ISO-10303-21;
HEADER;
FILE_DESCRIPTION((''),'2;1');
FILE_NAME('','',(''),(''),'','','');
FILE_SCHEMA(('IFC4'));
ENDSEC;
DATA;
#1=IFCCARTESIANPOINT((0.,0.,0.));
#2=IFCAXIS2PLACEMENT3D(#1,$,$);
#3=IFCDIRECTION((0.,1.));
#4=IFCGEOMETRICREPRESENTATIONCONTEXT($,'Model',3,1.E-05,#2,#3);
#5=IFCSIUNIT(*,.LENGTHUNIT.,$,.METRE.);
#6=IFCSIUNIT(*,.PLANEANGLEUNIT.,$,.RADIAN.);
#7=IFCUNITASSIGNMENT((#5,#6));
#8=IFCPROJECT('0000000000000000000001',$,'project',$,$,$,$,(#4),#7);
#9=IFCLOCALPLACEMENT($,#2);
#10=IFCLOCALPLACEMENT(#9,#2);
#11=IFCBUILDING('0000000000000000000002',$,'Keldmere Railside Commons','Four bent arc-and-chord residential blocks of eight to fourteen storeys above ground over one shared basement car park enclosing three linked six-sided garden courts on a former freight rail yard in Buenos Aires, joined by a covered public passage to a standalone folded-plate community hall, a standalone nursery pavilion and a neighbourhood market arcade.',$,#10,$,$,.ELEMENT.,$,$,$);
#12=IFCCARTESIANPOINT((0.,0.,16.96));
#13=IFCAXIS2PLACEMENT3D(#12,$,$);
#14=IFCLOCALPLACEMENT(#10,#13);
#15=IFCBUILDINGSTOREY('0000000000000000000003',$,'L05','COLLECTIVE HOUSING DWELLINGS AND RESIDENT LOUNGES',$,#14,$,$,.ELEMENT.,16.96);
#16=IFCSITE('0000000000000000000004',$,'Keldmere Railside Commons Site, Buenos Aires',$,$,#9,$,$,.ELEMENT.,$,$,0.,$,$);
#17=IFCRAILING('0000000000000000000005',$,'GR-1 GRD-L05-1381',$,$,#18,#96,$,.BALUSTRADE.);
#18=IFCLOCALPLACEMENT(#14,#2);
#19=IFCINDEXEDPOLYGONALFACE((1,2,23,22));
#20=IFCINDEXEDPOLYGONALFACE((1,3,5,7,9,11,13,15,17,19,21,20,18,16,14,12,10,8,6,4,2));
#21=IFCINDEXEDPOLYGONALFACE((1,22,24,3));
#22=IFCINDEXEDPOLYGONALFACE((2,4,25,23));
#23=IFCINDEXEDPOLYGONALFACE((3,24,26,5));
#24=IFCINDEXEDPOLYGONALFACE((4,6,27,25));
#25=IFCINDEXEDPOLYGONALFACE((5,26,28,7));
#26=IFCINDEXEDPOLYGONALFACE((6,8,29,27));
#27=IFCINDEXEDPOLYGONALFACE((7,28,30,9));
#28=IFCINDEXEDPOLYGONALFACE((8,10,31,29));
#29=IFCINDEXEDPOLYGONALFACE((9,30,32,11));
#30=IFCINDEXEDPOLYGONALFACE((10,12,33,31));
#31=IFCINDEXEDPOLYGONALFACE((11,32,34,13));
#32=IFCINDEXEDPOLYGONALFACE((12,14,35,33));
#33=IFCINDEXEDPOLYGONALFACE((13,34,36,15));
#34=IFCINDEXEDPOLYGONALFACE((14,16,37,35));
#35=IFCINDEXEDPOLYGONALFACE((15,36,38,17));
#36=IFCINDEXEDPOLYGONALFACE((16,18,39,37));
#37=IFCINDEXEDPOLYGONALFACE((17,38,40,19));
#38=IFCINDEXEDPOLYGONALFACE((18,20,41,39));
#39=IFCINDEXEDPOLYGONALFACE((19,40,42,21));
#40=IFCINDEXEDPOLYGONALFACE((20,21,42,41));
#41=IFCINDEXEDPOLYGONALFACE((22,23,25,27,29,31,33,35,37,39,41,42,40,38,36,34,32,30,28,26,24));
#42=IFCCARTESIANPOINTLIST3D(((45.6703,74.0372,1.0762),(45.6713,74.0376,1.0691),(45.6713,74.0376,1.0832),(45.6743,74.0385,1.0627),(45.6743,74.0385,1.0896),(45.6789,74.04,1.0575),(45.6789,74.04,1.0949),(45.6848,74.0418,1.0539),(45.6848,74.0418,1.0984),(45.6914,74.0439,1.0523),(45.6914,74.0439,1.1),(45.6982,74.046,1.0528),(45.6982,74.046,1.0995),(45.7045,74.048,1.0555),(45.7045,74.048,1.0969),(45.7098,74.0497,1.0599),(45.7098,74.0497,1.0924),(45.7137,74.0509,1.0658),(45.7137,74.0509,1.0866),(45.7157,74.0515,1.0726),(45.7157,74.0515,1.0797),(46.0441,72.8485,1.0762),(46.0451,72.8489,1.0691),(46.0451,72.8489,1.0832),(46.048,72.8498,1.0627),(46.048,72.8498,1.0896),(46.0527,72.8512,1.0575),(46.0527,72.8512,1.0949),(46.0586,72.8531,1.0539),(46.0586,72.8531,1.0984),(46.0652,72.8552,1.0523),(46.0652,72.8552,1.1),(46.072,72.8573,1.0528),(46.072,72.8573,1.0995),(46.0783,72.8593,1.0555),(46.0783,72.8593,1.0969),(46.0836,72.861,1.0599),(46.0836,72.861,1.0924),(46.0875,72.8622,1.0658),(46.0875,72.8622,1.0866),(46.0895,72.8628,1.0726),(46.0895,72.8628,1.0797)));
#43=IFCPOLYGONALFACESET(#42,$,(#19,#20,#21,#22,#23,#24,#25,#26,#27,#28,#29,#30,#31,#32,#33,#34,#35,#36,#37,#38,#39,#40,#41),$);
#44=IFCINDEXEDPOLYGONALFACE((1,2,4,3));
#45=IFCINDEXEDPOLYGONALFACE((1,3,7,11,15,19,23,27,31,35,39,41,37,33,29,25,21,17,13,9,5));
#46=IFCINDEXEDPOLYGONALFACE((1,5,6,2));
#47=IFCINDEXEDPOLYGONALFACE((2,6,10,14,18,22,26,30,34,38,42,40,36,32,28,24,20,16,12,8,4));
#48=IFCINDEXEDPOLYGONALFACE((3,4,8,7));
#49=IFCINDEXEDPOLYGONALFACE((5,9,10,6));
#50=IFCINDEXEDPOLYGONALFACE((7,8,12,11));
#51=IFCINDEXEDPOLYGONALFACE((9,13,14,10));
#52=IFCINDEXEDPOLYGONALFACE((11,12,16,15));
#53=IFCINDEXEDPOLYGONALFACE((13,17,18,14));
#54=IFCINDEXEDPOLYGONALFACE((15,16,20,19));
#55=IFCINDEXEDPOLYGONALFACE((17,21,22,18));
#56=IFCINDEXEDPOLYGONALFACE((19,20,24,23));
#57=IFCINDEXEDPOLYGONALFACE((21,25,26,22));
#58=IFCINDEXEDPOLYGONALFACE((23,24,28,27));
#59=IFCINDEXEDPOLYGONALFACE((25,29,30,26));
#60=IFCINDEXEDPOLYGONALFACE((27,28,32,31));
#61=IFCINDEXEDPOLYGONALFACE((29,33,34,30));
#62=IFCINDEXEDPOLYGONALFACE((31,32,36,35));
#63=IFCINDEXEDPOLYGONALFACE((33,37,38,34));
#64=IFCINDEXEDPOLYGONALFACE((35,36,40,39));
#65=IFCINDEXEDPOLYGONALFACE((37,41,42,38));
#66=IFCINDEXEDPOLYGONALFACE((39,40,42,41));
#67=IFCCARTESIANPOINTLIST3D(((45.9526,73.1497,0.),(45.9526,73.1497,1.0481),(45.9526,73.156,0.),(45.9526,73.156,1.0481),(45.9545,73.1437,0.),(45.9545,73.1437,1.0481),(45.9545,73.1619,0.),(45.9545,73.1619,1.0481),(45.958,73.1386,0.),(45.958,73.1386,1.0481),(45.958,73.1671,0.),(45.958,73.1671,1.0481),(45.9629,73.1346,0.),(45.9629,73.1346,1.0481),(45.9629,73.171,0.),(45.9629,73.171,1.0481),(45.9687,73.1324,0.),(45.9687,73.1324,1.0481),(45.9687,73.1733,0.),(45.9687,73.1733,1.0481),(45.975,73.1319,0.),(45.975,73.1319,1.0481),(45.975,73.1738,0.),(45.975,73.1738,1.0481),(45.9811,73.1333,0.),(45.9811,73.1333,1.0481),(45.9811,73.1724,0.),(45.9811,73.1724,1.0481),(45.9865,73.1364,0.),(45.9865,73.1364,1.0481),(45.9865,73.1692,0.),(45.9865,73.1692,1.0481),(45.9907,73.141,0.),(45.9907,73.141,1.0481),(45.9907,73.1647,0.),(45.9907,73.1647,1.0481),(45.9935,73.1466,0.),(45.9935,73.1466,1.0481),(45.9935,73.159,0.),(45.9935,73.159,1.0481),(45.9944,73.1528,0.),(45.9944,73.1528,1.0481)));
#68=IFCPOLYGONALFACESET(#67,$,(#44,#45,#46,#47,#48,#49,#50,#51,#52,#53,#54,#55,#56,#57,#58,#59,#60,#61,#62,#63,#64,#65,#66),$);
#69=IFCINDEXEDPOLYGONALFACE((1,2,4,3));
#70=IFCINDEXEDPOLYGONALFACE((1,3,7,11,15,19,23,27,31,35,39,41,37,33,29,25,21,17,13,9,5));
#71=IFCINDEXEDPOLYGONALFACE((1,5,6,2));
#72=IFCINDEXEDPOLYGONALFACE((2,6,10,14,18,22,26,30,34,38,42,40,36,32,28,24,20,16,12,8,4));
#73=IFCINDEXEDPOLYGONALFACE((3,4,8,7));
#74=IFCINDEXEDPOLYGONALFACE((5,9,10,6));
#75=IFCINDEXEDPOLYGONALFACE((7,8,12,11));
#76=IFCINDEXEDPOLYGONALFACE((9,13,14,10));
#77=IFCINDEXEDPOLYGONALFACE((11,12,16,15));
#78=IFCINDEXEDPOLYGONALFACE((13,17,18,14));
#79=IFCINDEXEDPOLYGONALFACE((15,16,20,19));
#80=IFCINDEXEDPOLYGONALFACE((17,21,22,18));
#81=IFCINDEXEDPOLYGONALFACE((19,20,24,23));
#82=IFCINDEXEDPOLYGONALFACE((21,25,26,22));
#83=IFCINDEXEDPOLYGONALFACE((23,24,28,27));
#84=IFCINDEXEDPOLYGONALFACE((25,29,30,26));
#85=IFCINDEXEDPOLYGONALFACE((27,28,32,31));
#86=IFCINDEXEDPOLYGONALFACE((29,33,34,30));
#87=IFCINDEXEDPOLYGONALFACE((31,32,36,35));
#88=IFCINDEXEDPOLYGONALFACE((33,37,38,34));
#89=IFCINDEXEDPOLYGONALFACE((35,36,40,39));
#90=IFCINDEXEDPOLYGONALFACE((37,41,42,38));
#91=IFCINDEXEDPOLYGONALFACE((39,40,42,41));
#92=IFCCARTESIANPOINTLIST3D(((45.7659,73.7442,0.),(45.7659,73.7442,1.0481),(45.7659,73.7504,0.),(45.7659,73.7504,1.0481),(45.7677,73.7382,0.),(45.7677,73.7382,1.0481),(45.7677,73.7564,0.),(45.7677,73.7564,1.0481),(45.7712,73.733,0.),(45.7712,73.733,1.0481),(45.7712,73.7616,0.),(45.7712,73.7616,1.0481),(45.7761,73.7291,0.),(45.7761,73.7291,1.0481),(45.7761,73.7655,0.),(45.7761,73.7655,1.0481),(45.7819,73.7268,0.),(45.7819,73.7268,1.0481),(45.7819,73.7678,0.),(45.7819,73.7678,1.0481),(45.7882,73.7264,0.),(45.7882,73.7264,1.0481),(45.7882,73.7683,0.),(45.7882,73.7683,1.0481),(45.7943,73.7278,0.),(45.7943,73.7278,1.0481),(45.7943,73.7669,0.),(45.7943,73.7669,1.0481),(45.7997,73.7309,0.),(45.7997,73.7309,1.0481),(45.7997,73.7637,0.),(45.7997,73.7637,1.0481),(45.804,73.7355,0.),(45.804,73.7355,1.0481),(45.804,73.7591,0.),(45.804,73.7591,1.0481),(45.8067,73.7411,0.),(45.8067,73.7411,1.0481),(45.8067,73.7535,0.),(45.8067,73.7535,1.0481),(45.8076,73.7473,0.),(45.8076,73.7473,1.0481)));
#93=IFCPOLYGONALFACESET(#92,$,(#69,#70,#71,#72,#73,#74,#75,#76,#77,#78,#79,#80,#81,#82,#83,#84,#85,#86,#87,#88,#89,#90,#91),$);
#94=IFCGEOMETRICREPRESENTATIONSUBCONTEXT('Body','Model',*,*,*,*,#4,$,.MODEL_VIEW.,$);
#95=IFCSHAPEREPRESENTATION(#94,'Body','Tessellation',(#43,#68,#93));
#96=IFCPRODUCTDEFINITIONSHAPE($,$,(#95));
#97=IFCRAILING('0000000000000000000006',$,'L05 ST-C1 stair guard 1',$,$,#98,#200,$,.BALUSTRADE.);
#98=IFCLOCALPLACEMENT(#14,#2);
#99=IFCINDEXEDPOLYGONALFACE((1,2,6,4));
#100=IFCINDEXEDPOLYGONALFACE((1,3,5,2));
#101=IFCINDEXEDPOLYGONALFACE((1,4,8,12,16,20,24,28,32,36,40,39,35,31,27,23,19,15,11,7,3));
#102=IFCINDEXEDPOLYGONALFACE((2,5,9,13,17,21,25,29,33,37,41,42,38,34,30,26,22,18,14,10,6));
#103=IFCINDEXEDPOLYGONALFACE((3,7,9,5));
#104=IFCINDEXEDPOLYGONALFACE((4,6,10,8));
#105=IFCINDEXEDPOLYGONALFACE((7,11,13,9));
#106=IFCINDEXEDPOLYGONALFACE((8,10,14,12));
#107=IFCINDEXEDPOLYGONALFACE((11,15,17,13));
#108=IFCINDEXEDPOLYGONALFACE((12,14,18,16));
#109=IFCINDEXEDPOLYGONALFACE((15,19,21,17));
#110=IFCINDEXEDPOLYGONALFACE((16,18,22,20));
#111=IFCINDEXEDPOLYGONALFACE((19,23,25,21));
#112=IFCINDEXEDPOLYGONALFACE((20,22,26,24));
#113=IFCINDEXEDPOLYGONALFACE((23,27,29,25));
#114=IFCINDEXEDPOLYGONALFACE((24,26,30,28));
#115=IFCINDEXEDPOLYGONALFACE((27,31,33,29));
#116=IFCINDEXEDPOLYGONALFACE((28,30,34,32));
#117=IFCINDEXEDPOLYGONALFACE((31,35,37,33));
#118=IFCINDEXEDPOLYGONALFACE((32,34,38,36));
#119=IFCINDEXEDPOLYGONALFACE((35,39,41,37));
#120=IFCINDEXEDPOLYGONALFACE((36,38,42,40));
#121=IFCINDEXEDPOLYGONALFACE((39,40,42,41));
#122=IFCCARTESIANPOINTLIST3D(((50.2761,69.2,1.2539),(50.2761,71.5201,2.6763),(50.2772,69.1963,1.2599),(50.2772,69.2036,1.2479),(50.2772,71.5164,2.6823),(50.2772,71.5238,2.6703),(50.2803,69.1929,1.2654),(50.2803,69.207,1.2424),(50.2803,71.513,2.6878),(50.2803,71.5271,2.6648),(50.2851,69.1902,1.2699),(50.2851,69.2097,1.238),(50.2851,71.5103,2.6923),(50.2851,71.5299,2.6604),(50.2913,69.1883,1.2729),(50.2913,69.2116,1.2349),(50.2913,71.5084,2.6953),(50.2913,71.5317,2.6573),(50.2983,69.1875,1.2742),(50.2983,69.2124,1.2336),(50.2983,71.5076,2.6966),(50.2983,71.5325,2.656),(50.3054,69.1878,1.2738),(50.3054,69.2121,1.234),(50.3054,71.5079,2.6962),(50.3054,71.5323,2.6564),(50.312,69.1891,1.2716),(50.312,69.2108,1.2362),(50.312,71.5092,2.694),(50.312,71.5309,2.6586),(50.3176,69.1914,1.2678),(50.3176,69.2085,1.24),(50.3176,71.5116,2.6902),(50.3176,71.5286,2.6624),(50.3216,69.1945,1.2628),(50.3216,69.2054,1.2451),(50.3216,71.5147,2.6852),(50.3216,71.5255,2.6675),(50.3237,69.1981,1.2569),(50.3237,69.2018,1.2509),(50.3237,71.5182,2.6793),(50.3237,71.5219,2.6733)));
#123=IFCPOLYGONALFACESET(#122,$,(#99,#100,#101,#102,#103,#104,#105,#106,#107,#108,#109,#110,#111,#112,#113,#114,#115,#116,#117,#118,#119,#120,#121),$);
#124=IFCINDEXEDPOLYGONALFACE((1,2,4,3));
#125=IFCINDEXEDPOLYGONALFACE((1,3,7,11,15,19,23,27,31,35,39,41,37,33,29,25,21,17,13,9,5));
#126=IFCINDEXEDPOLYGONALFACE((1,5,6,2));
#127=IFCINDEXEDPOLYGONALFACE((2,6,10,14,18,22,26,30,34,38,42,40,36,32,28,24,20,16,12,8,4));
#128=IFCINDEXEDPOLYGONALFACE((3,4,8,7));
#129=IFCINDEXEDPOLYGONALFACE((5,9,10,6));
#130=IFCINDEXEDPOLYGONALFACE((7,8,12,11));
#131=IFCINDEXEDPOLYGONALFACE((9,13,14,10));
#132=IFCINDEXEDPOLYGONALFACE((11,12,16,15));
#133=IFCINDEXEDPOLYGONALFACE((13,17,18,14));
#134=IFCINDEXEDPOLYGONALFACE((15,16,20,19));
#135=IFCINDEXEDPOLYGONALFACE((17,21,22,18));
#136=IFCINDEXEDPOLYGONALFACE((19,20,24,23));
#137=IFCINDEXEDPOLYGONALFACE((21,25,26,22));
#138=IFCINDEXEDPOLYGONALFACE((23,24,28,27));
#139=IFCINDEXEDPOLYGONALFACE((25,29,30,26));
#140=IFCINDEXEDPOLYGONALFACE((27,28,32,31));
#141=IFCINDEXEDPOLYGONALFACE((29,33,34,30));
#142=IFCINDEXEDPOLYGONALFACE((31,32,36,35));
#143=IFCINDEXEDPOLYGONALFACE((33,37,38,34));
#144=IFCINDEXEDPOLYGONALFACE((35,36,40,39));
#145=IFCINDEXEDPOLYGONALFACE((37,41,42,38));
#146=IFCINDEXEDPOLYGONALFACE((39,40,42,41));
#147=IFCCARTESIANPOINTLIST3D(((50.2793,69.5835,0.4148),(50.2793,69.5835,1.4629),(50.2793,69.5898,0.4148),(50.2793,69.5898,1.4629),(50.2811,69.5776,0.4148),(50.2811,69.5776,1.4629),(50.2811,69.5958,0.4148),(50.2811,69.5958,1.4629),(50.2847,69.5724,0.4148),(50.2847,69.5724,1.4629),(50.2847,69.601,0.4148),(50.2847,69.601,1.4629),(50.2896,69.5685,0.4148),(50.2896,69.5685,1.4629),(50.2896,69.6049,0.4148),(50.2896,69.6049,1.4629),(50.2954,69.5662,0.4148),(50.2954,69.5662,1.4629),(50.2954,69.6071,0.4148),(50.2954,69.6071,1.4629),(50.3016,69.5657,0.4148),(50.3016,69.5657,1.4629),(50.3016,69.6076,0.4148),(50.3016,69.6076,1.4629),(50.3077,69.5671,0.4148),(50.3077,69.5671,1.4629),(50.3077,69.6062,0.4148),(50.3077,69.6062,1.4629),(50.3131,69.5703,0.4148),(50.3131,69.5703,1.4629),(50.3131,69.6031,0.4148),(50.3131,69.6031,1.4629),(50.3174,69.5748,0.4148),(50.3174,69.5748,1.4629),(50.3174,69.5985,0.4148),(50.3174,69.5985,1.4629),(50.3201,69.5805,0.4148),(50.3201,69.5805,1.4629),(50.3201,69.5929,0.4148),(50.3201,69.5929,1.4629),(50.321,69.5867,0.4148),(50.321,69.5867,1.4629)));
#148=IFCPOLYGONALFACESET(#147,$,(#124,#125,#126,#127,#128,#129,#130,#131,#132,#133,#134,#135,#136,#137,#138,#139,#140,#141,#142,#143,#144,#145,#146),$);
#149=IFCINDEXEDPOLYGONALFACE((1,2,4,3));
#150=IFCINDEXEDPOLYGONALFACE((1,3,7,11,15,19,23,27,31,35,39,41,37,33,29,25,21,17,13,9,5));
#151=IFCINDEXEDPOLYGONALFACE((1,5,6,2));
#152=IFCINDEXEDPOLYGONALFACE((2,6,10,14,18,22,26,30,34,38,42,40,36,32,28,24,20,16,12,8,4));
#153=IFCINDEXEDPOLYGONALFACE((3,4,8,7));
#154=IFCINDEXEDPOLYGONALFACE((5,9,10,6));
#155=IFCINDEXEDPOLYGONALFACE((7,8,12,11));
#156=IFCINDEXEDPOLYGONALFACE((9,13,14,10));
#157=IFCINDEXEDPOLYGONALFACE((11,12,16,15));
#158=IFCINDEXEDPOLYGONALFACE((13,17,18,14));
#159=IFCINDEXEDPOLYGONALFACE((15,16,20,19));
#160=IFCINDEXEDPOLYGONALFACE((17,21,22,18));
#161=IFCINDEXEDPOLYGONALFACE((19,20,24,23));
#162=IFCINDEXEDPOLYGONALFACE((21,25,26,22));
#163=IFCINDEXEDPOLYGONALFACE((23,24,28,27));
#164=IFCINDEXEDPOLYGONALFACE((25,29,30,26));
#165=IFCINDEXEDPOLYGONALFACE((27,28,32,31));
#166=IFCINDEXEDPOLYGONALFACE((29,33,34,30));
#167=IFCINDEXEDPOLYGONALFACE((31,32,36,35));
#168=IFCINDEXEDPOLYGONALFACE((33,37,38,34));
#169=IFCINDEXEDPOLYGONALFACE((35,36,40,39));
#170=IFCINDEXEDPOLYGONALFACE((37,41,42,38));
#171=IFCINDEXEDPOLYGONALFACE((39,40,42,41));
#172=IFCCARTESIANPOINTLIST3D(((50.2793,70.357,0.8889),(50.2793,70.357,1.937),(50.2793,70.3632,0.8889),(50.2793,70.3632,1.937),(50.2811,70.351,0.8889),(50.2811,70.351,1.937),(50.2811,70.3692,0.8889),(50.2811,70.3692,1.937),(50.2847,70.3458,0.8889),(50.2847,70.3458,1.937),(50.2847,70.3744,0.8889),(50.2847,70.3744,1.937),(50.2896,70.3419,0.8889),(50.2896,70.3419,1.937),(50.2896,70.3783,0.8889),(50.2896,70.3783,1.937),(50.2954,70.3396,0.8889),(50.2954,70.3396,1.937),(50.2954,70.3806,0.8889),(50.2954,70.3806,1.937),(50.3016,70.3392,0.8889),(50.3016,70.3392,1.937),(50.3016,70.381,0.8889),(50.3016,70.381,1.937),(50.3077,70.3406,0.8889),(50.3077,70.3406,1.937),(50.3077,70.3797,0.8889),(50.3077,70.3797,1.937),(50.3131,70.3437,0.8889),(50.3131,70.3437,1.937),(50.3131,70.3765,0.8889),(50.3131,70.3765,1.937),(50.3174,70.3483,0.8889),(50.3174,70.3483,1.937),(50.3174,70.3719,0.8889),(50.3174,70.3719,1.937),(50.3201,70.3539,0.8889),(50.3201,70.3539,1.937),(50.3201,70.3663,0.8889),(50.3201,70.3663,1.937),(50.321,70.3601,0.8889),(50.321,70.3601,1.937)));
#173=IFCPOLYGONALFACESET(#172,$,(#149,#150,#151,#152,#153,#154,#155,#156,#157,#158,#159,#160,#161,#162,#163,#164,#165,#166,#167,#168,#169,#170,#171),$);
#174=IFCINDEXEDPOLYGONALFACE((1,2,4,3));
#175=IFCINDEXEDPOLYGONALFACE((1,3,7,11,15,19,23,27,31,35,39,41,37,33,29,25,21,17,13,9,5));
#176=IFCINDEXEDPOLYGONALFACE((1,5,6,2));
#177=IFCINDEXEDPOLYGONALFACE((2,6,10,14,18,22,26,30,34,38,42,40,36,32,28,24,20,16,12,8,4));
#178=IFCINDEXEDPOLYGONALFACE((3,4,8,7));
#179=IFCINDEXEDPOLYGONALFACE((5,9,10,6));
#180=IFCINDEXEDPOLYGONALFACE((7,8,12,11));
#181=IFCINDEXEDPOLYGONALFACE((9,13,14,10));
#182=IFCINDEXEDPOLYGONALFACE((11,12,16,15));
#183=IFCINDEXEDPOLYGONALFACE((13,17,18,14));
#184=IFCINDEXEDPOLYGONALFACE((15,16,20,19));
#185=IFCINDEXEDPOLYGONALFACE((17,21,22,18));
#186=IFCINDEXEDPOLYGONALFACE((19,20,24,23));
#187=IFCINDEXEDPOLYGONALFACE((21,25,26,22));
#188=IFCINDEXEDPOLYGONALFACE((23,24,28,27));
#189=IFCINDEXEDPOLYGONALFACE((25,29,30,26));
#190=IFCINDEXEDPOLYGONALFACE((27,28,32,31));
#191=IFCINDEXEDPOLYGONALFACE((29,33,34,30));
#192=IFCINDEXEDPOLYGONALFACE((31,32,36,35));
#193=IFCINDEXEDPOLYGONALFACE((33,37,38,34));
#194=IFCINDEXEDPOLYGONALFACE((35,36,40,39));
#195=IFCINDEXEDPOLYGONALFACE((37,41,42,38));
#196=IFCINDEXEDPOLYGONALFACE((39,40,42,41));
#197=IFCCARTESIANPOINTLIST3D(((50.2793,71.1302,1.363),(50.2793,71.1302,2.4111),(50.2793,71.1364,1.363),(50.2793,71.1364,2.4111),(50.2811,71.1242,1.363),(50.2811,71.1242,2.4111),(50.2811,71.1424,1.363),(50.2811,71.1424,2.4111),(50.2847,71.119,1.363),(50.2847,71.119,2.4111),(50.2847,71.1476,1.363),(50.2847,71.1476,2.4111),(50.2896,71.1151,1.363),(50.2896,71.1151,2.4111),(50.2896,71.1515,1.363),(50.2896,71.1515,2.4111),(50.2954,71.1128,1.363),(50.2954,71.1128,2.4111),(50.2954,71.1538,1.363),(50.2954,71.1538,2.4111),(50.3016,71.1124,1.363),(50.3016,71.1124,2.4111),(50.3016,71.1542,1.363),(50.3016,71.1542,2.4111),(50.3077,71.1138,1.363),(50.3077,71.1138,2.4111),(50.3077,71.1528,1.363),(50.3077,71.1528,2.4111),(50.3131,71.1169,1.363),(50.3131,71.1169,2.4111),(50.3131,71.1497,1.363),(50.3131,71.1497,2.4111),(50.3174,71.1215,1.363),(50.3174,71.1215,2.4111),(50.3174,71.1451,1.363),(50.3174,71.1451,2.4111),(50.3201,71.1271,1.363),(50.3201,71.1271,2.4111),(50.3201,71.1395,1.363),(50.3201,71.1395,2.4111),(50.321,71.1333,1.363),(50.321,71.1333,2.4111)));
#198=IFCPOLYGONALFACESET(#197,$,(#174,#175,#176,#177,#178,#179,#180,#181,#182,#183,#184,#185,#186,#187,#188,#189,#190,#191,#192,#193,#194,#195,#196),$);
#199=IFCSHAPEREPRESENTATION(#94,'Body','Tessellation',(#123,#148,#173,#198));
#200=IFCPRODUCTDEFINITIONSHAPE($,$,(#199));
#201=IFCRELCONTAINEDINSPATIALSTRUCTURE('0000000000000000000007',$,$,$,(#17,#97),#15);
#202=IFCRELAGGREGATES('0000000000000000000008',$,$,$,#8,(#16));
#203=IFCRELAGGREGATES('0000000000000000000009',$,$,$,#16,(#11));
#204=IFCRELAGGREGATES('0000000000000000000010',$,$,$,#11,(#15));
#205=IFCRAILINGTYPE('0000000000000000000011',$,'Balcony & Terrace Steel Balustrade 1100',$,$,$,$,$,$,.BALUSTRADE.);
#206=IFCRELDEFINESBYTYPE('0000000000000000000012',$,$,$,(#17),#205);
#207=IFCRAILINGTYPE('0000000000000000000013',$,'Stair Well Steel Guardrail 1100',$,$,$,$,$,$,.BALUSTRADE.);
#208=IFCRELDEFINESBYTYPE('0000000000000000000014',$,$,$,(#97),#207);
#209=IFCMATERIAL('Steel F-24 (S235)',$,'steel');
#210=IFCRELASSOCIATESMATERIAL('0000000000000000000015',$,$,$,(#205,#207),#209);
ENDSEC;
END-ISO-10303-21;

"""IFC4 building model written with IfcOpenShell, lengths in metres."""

from ifc_helpers import new_model, si_unit, direction, frame, origin, origin_2d, place, context, subcontext, project, spatial, circle, extrude, material, type_object, element, save


model = new_model("IFC4")

# Units and contexts
model_context = context("Model", 3, precision=1e-05, world=origin(), true_north=direction((0.0, 1.0)))
body_context = subcontext(model_context, "Body", "Model", "MODEL_VIEW")
ifc_project = project(units=[si_unit("LENGTHUNIT", "METRE"), si_unit("PLANEANGLEUNIT", "RADIAN")], contexts=[model_context])

# Site, building, storey
site_placement = place(None, origin())
site = spatial("IfcSite", under=ifc_project, at=site_placement, Name="Keldmere Railside Commons Site, Buenos Aires", CompositionType="ELEMENT", RefElevation=0.0)
building_placement = place(site_placement, origin())
building = spatial("IfcBuilding", under=site, at=building_placement, Name="Keldmere Railside Commons", Description="Four bent arc-and-chord residential blocks of eight to fourteen storeys above ground over one shared basement car park enclosing three linked six-sided garden courts on a former freight rail yard in Buenos Aires, joined by a covered public passage to a standalone folded-plate community hall, a standalone nursery pavilion and a neighbourhood market arcade.", CompositionType="ELEMENT")
storey_placement = place(building_placement, frame((0.0, 0.0, 16.96)))
storey = spatial("IfcBuildingStorey", under=building, at=storey_placement, Name="L05", Description="COLLECTIVE HOUSING DWELLINGS AND RESIDENT LOUNGES", CompositionType="ELEMENT", Elevation=16.96)

# Railings
ifc_material_1 = material(Name="Steel F-24 (S235)", Category="steel")
railing_type_1 = type_object("IfcRailingType", Name="Balcony & Terrace Steel Balustrade 1100", PredefinedType="BALUSTRADE", material=ifc_material_1)
railing_1_placement = place(storey_placement, frame((46.0669, 72.8557, 0.0)))
element("IfcRailing", 1, at=railing_1_placement, inside=storey, type_object=railing_type_1, Name="GR-1 GRD-L05-1381", PredefinedType="BALUSTRADE", context=body_context, shape_type="SweptSolid", body=[
    extrude(circle(Radius=0.0239, at=origin_2d()), frame((0.0, 0.0, 1.0762), z_axis=(-0.299959, 0.953952, 0.0), x_axis=(-0.953952, -0.299959, 0.0)), (0.0, 0.0, 1.0), 1.2461),
    extrude(circle(Radius=0.021, at=origin_2d()), frame((-0.0935, 0.2971, 0.0)), (0.0, 0.0, 1.0), 1.0481),
    extrude(circle(Radius=0.021, at=origin_2d()), frame((-0.2803, 0.8916, 0.0)), (0.0, 0.0, 1.0), 1.0481),
])
railing_type_2 = type_object("IfcRailingType", Name="Stair Well Steel Guardrail 1100", PredefinedType="BALUSTRADE", material=ifc_material_1)
railing_2_placement = place(storey_placement, frame((50.3, 69.2, 0.1777)))
element("IfcRailing", 2, at=railing_2_placement, inside=storey, type_object=railing_type_2, Name="L05 ST-C1 stair guard 1", PredefinedType="BALUSTRADE", context=body_context, shape_type="SweptSolid", body=[
    extrude(circle(Radius=0.0239, at=origin_2d()), frame((0.0, 0.0, 1.0762), z_axis=(0.0, 0.852538, 0.522665), x_axis=(-1.0, 0.0, 0.0)), (0.0, 0.0, 1.0), 2.7214),
    extrude(circle(Radius=0.021, at=origin_2d()), frame((0.0, 0.3867, 0.2371)), (0.0, 0.0, 1.0), 1.0481),
    extrude(circle(Radius=0.021, at=origin_2d()), frame((0.0, 1.1602, 0.7112)), (0.0, 0.0, 1.0), 1.0481),
    extrude(circle(Radius=0.021, at=origin_2d()), frame((0.0, 1.9333, 1.1853)), (0.0, 0.0, 1.0), 1.0481),
])

save(model, "model.ifc")
